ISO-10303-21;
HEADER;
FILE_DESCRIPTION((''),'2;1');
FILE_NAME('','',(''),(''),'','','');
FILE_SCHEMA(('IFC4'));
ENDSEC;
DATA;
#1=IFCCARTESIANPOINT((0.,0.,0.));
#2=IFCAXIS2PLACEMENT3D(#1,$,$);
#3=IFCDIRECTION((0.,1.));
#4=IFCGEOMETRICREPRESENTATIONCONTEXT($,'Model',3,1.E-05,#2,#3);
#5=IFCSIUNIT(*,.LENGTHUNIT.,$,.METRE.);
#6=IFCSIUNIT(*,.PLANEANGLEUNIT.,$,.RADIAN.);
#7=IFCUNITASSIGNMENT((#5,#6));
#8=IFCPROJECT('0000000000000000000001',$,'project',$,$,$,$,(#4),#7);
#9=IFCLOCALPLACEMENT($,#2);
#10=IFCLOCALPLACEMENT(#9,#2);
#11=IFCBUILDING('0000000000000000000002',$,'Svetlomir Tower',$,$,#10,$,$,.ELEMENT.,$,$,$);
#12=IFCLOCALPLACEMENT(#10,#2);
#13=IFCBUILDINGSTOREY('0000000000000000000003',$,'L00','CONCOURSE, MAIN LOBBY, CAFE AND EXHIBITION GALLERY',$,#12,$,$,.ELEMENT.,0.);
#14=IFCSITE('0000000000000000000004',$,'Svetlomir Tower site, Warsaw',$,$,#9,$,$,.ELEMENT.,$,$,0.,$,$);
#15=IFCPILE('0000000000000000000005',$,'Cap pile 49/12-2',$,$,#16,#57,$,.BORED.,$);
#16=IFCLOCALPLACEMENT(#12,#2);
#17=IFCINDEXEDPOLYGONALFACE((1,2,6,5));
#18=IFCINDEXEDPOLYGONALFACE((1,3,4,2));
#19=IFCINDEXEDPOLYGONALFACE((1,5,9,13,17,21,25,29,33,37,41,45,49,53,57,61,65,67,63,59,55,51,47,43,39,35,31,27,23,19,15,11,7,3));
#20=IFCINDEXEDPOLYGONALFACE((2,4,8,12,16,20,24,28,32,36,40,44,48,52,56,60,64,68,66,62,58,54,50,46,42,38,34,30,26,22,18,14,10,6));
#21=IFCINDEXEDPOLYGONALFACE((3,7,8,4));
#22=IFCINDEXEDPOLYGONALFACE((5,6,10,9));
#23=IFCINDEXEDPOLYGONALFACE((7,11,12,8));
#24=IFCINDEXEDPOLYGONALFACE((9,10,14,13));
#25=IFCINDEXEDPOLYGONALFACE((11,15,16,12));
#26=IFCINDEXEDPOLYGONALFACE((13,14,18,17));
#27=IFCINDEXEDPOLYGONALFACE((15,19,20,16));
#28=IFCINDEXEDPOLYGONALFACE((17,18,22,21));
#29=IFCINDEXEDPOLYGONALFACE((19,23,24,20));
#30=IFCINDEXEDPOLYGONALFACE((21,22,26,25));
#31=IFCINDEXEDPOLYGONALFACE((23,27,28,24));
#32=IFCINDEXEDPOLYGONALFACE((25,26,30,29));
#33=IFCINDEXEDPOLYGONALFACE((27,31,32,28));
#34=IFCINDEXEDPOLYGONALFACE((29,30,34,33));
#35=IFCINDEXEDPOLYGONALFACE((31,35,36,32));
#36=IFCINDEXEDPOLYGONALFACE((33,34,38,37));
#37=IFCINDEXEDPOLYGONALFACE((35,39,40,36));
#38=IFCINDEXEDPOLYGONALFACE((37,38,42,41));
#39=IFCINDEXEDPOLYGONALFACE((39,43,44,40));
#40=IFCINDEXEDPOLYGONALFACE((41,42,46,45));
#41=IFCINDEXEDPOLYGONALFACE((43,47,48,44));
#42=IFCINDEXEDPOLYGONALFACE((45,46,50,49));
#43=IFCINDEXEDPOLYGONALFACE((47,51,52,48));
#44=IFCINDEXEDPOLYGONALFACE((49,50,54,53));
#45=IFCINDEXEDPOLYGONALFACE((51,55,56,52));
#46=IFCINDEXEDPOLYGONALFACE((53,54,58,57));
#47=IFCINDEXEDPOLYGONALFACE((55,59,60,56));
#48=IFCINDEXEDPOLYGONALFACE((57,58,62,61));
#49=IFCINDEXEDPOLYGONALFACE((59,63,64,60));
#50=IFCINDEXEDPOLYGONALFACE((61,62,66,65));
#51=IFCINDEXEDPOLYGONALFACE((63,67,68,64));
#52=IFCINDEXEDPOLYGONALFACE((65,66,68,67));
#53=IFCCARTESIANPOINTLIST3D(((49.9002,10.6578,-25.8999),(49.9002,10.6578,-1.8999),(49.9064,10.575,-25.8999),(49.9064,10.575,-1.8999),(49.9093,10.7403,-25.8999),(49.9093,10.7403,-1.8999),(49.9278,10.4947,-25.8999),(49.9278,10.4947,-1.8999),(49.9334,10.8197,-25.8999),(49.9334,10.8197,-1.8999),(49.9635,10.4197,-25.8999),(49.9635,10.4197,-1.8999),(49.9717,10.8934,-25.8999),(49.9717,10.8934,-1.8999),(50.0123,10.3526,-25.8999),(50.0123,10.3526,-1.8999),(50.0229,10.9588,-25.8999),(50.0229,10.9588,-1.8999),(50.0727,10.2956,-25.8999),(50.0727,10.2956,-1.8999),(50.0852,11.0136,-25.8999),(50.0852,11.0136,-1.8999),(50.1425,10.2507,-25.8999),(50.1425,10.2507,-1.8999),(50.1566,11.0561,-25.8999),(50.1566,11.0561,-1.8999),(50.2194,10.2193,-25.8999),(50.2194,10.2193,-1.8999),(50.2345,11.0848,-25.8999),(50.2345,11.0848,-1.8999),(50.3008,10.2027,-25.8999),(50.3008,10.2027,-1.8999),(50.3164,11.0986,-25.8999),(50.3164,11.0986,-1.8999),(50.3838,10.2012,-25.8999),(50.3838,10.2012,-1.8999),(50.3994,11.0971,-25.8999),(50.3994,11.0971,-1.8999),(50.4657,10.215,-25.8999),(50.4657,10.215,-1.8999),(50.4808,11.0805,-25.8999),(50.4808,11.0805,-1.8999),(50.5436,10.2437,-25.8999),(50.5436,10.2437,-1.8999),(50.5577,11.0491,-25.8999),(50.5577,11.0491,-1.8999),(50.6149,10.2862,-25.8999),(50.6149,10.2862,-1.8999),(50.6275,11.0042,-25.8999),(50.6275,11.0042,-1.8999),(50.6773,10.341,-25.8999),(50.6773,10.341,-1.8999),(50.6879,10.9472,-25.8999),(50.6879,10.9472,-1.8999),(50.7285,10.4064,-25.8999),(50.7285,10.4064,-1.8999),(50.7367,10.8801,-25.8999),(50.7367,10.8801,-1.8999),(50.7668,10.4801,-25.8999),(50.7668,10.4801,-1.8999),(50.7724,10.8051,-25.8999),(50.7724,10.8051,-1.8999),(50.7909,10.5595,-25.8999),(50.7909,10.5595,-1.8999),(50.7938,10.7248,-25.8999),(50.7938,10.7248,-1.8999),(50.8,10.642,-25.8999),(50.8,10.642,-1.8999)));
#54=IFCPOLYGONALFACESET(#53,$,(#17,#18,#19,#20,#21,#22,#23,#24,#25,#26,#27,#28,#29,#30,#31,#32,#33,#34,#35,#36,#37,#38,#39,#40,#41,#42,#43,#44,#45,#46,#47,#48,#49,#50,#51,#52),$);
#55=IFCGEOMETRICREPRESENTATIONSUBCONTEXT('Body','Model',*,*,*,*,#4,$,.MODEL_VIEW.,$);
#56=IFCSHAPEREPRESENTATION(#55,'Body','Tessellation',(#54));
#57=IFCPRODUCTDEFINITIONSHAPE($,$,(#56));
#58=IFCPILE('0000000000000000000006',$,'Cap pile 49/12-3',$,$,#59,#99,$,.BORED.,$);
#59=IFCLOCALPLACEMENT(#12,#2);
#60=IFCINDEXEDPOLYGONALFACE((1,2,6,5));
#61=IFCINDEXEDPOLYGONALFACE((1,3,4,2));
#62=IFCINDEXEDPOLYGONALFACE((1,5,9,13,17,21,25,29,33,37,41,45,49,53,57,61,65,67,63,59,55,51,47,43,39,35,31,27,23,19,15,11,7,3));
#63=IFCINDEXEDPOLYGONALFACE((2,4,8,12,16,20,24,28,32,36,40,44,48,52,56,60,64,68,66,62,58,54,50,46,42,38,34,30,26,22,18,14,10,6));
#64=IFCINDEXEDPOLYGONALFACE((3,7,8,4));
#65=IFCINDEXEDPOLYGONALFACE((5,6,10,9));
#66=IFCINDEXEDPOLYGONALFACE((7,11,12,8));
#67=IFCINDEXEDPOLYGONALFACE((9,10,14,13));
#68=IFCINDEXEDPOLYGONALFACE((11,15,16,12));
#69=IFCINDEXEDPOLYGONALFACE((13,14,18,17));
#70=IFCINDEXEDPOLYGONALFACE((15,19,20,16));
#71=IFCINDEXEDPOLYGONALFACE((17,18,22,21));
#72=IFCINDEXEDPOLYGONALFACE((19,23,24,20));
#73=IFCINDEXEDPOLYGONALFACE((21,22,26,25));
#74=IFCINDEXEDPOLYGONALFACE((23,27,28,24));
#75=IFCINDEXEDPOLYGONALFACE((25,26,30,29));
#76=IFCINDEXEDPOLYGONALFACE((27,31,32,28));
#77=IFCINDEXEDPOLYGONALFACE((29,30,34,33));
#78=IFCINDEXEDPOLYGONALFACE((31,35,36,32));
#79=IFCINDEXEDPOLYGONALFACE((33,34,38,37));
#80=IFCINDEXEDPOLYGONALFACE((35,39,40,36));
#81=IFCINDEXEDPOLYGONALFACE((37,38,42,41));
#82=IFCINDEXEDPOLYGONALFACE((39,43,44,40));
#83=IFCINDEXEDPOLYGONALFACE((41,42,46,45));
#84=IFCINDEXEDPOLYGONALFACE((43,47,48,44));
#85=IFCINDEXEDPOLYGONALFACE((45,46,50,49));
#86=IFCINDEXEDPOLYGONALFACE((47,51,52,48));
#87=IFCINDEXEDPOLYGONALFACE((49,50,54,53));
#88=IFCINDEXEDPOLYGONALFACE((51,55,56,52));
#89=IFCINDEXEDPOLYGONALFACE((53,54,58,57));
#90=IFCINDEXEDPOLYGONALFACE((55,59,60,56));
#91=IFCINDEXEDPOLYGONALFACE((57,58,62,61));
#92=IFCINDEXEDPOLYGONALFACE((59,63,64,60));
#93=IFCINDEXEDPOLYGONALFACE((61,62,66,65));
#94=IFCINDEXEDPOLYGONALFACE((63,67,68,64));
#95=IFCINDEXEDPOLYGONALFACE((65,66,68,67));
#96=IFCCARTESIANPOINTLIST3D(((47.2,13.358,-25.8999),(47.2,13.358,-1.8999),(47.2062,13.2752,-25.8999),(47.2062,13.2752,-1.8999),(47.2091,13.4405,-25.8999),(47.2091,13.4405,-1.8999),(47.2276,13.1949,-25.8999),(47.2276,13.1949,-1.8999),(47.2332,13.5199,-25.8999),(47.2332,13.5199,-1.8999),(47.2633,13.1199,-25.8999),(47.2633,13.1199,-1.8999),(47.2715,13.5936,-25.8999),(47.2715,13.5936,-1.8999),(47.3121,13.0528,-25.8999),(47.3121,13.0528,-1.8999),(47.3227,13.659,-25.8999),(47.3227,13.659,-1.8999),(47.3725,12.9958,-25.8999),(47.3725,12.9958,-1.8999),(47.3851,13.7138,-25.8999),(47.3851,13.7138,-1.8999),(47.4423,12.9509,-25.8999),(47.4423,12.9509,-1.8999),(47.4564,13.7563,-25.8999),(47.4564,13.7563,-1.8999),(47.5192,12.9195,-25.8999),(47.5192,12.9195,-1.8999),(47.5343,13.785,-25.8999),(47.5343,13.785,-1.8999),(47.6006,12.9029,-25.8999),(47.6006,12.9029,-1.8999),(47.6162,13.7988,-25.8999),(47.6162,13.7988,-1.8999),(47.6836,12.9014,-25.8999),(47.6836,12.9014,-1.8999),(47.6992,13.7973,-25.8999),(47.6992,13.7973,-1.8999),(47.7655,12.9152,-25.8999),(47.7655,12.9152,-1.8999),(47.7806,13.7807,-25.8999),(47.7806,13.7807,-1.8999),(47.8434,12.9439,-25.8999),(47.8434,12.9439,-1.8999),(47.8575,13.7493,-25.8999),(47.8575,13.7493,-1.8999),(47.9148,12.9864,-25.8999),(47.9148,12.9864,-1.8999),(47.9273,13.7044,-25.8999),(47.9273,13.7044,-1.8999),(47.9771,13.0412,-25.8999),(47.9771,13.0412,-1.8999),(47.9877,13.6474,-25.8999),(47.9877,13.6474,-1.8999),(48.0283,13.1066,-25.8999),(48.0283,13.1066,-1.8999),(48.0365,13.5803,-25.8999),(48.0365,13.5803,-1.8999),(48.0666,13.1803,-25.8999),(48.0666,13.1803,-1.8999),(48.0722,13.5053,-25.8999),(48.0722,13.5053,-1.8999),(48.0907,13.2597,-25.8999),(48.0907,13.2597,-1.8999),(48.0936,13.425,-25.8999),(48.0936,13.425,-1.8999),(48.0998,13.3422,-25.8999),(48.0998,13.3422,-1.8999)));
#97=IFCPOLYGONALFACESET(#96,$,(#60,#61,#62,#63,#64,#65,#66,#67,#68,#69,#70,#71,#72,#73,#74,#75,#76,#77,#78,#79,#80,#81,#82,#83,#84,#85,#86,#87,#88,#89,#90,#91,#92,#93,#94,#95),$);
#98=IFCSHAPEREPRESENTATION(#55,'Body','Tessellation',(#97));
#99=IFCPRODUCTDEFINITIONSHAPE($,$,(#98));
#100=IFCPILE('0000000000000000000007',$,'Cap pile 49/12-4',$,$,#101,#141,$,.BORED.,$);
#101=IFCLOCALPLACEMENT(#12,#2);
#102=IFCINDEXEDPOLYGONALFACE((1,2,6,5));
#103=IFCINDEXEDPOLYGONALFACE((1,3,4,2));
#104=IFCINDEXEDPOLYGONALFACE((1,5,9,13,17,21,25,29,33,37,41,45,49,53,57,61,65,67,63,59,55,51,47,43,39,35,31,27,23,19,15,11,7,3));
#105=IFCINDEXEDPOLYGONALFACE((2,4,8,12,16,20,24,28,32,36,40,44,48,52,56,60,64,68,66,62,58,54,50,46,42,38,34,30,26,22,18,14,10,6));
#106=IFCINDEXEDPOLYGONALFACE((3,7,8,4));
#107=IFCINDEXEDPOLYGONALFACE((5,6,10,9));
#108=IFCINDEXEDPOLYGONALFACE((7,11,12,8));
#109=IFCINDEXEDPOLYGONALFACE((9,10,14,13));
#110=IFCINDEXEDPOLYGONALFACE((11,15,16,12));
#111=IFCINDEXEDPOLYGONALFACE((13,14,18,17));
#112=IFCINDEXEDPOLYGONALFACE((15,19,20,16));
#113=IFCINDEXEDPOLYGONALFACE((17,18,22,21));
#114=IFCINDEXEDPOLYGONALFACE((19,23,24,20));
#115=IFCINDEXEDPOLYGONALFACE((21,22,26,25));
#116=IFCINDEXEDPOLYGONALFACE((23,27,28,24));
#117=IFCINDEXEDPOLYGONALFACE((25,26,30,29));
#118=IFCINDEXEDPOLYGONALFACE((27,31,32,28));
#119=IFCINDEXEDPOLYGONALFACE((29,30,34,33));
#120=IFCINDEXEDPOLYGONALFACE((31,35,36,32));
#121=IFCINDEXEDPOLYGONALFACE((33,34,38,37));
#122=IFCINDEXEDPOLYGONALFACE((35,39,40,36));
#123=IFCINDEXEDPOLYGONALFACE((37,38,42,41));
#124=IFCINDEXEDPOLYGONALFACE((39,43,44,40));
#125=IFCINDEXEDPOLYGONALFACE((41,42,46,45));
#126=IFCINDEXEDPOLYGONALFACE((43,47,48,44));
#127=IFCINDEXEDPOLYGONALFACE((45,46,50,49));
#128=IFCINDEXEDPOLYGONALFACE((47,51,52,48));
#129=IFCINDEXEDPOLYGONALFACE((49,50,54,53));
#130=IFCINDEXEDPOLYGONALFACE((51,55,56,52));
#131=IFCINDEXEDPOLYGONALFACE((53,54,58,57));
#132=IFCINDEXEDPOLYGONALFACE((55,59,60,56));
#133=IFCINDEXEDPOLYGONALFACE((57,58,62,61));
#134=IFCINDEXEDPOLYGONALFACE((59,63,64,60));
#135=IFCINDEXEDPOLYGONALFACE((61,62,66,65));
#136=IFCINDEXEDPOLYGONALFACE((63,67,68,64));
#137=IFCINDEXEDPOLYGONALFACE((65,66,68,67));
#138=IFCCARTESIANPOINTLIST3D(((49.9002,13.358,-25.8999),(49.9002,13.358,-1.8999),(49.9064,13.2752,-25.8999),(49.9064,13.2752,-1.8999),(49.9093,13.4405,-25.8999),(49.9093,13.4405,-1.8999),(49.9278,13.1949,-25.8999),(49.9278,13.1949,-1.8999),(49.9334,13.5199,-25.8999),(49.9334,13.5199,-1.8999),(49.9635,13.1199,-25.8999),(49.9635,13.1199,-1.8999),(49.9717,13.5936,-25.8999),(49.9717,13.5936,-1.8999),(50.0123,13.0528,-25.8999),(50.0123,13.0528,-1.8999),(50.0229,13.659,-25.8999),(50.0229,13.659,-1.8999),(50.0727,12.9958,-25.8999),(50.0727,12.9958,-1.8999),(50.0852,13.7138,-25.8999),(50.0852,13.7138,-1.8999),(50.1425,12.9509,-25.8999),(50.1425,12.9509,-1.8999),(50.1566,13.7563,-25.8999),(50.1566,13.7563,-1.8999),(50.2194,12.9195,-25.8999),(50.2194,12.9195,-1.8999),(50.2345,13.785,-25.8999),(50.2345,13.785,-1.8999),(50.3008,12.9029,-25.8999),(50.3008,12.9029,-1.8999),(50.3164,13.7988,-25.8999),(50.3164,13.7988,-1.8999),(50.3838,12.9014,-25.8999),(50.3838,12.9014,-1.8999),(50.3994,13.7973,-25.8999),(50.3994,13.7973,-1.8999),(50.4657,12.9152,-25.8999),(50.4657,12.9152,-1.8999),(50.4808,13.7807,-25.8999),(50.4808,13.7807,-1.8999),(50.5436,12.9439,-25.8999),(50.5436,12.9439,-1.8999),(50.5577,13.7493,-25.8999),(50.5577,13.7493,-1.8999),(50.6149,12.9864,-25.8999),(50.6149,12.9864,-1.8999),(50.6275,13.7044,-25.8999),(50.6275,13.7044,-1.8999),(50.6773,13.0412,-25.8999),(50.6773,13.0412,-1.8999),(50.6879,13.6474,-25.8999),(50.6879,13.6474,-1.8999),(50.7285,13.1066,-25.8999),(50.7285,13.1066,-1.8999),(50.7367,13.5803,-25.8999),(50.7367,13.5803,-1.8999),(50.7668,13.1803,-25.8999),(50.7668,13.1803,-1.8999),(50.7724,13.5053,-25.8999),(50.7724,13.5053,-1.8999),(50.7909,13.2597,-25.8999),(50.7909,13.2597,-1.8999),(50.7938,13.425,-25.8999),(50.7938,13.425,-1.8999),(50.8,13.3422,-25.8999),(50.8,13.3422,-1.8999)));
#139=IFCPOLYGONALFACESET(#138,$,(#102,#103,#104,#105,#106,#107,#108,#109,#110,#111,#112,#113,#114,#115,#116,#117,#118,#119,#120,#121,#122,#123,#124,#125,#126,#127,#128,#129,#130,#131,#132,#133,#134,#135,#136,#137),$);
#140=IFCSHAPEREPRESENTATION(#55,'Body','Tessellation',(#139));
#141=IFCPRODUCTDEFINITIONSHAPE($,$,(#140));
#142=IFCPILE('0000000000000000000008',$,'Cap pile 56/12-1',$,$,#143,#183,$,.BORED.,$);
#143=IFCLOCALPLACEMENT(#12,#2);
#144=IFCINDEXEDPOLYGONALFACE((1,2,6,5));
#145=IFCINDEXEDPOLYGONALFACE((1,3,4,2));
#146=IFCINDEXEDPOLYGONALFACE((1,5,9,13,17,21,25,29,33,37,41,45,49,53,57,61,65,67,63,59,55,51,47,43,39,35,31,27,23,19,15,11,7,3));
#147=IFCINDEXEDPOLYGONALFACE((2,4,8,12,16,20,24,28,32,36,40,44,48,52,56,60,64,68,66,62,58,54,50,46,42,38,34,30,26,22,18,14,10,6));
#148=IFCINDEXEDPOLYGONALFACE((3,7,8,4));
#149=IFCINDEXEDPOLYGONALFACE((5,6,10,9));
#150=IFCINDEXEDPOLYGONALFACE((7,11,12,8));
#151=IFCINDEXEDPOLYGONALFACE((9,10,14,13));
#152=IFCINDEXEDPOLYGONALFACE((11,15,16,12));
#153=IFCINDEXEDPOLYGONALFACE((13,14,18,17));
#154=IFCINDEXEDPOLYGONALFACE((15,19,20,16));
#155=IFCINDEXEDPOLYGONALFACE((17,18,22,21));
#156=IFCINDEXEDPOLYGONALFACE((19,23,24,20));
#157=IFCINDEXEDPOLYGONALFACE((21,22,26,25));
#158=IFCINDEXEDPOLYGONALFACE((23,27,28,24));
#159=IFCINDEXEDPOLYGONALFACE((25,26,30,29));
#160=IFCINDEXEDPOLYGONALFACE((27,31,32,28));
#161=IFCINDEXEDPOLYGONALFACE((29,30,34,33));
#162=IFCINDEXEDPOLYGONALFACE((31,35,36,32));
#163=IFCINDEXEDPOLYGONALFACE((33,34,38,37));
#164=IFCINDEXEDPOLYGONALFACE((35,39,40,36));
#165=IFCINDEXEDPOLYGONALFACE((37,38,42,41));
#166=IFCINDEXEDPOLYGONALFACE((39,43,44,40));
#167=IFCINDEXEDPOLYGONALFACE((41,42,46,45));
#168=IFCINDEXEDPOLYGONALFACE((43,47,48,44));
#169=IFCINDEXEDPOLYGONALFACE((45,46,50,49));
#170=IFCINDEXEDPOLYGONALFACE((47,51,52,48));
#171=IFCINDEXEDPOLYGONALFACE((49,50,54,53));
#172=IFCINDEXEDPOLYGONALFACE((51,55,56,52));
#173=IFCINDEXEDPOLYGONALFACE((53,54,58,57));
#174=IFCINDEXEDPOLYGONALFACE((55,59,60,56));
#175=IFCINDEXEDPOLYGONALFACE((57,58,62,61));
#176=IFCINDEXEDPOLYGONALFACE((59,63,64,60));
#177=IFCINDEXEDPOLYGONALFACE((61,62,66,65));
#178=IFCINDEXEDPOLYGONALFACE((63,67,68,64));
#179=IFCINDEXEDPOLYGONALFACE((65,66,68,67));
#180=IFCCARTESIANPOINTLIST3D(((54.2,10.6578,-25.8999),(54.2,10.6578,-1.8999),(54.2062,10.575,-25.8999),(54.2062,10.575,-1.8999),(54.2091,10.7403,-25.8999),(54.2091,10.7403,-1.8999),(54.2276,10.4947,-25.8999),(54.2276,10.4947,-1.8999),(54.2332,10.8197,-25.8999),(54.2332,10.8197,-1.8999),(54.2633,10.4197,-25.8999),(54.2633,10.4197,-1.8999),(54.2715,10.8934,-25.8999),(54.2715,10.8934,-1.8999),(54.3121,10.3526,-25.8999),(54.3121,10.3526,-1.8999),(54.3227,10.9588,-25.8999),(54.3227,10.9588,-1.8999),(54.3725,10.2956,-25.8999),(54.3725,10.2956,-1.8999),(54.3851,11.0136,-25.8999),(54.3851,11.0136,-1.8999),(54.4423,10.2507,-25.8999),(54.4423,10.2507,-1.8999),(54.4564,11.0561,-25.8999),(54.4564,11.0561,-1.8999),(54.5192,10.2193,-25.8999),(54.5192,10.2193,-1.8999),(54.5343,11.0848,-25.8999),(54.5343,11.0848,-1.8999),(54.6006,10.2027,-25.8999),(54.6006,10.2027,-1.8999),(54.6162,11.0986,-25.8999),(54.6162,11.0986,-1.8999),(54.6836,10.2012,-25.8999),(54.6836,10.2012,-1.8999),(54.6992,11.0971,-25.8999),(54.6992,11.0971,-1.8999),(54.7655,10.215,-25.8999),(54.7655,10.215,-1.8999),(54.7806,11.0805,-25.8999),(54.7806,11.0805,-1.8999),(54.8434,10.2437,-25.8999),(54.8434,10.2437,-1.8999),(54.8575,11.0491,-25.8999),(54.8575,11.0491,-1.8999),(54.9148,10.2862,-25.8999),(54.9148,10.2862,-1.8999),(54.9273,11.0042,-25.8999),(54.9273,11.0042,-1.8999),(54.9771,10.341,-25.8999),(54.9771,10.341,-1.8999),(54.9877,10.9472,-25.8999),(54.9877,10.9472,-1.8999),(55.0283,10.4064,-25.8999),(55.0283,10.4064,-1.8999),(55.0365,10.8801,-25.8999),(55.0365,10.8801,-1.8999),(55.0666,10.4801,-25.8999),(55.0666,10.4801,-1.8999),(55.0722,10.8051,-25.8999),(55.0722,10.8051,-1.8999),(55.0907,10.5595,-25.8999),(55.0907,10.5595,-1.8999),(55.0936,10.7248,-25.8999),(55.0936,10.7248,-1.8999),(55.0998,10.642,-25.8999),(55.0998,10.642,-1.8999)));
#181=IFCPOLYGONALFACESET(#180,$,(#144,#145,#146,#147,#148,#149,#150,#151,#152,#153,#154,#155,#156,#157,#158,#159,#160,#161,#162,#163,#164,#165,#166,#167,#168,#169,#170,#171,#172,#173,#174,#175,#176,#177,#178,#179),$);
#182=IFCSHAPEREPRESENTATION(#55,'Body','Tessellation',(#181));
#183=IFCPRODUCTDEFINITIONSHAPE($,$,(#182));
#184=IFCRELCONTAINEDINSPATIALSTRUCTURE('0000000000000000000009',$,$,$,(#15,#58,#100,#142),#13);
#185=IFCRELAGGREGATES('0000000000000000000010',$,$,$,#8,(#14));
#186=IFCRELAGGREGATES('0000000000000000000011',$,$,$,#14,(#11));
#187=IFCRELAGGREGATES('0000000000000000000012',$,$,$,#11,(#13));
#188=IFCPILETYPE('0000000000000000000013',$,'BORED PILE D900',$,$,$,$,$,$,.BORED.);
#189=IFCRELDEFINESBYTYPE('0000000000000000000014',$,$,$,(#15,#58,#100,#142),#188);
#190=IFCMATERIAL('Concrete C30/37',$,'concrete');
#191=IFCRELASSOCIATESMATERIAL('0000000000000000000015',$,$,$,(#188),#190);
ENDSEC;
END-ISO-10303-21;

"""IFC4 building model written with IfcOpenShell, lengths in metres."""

from ifc_helpers import new_model, si_unit, direction, frame, frame_2d, origin, origin_2d, place, context, subcontext, project, spatial, circle, extrude, material, material_profile, profile_set, type_object, element, save


model = new_model("IFC4")

# Units and contexts
model_context = context("Model", 3, precision=1e-05, world=origin(), true_north=direction((0.0, 1.0)))
body_context = subcontext(model_context, "Body", "Model", "MODEL_VIEW")
ifc_project = project(units=[si_unit("LENGTHUNIT", "METRE"), si_unit("PLANEANGLEUNIT", "RADIAN")], contexts=[model_context])

# Site, building, storey
site_placement = place(None, origin())
site = spatial("IfcSite", under=ifc_project, at=site_placement, Name="Svetlomir Tower site, Warsaw", CompositionType="ELEMENT", RefElevation=0.0)
building_placement = place(site_placement, origin())
building = spatial("IfcBuilding", under=site, at=building_placement, Name="Svetlomir Tower", CompositionType="ELEMENT")
storey_placement = place(building_placement, origin())
storey = spatial("IfcBuildingStorey", under=building, at=storey_placement, Name="L00", Description="CONCOURSE, MAIN LOBBY, CAFE AND EXHIBITION GALLERY", CompositionType="ELEMENT", Elevation=0.0)

# Piles
ifc_material_1 = material(Name="Concrete C30/37", Category="concrete")
ifc_material_profile_1 = material_profile(ifc_material_1, circle(Radius=0.45, at=origin_2d()), Name="RC D900")
ifc_profile_set_1 = profile_set([ifc_material_profile_1], Name="Concrete C30/37")
pile_type = type_object("IfcPileType", Name="BORED PILE D900", PredefinedType="BORED", material=ifc_profile_set_1)
for number, where, z_axis, x_axis, name in (
    (1, (50.3501, 10.6499, -1.8999), (0.0, 0.0, -1.0), (1.0, 0.0, 0.0), "Cap pile 49/12-2"),
    (2, (47.6499, 13.3501, -1.8999), (0.0, 0.0, -1.0), (1.0, 0.0, 0.0), "Cap pile 49/12-3"),
    (3, (50.3501, 13.3501, -1.8999), (0.0, 0.0, -1.0), (1.0, 0.0, 0.0), "Cap pile 49/12-4"),
    (4, (54.6499, 10.6499, -1.8999), (0.0, 0.0, -1.0), (1.0, 0.0, 0.0), "Cap pile 56/12-1"),
):
    element("IfcPile", number, at=place(storey_placement, frame(where, z_axis=z_axis, x_axis=x_axis)), inside=storey, type_object=pile_type, Name=name, PredefinedType="BORED", context=body_context, shape_type="SweptSolid", body=[
        extrude(circle(Radius=0.45, at=frame_2d((0.0, 0.0), x_axis=(0.999848, 0.017452))), origin(), (0.0, 0.0, 1.0), 24.0),
    ])

save(model, "model.ifc")
